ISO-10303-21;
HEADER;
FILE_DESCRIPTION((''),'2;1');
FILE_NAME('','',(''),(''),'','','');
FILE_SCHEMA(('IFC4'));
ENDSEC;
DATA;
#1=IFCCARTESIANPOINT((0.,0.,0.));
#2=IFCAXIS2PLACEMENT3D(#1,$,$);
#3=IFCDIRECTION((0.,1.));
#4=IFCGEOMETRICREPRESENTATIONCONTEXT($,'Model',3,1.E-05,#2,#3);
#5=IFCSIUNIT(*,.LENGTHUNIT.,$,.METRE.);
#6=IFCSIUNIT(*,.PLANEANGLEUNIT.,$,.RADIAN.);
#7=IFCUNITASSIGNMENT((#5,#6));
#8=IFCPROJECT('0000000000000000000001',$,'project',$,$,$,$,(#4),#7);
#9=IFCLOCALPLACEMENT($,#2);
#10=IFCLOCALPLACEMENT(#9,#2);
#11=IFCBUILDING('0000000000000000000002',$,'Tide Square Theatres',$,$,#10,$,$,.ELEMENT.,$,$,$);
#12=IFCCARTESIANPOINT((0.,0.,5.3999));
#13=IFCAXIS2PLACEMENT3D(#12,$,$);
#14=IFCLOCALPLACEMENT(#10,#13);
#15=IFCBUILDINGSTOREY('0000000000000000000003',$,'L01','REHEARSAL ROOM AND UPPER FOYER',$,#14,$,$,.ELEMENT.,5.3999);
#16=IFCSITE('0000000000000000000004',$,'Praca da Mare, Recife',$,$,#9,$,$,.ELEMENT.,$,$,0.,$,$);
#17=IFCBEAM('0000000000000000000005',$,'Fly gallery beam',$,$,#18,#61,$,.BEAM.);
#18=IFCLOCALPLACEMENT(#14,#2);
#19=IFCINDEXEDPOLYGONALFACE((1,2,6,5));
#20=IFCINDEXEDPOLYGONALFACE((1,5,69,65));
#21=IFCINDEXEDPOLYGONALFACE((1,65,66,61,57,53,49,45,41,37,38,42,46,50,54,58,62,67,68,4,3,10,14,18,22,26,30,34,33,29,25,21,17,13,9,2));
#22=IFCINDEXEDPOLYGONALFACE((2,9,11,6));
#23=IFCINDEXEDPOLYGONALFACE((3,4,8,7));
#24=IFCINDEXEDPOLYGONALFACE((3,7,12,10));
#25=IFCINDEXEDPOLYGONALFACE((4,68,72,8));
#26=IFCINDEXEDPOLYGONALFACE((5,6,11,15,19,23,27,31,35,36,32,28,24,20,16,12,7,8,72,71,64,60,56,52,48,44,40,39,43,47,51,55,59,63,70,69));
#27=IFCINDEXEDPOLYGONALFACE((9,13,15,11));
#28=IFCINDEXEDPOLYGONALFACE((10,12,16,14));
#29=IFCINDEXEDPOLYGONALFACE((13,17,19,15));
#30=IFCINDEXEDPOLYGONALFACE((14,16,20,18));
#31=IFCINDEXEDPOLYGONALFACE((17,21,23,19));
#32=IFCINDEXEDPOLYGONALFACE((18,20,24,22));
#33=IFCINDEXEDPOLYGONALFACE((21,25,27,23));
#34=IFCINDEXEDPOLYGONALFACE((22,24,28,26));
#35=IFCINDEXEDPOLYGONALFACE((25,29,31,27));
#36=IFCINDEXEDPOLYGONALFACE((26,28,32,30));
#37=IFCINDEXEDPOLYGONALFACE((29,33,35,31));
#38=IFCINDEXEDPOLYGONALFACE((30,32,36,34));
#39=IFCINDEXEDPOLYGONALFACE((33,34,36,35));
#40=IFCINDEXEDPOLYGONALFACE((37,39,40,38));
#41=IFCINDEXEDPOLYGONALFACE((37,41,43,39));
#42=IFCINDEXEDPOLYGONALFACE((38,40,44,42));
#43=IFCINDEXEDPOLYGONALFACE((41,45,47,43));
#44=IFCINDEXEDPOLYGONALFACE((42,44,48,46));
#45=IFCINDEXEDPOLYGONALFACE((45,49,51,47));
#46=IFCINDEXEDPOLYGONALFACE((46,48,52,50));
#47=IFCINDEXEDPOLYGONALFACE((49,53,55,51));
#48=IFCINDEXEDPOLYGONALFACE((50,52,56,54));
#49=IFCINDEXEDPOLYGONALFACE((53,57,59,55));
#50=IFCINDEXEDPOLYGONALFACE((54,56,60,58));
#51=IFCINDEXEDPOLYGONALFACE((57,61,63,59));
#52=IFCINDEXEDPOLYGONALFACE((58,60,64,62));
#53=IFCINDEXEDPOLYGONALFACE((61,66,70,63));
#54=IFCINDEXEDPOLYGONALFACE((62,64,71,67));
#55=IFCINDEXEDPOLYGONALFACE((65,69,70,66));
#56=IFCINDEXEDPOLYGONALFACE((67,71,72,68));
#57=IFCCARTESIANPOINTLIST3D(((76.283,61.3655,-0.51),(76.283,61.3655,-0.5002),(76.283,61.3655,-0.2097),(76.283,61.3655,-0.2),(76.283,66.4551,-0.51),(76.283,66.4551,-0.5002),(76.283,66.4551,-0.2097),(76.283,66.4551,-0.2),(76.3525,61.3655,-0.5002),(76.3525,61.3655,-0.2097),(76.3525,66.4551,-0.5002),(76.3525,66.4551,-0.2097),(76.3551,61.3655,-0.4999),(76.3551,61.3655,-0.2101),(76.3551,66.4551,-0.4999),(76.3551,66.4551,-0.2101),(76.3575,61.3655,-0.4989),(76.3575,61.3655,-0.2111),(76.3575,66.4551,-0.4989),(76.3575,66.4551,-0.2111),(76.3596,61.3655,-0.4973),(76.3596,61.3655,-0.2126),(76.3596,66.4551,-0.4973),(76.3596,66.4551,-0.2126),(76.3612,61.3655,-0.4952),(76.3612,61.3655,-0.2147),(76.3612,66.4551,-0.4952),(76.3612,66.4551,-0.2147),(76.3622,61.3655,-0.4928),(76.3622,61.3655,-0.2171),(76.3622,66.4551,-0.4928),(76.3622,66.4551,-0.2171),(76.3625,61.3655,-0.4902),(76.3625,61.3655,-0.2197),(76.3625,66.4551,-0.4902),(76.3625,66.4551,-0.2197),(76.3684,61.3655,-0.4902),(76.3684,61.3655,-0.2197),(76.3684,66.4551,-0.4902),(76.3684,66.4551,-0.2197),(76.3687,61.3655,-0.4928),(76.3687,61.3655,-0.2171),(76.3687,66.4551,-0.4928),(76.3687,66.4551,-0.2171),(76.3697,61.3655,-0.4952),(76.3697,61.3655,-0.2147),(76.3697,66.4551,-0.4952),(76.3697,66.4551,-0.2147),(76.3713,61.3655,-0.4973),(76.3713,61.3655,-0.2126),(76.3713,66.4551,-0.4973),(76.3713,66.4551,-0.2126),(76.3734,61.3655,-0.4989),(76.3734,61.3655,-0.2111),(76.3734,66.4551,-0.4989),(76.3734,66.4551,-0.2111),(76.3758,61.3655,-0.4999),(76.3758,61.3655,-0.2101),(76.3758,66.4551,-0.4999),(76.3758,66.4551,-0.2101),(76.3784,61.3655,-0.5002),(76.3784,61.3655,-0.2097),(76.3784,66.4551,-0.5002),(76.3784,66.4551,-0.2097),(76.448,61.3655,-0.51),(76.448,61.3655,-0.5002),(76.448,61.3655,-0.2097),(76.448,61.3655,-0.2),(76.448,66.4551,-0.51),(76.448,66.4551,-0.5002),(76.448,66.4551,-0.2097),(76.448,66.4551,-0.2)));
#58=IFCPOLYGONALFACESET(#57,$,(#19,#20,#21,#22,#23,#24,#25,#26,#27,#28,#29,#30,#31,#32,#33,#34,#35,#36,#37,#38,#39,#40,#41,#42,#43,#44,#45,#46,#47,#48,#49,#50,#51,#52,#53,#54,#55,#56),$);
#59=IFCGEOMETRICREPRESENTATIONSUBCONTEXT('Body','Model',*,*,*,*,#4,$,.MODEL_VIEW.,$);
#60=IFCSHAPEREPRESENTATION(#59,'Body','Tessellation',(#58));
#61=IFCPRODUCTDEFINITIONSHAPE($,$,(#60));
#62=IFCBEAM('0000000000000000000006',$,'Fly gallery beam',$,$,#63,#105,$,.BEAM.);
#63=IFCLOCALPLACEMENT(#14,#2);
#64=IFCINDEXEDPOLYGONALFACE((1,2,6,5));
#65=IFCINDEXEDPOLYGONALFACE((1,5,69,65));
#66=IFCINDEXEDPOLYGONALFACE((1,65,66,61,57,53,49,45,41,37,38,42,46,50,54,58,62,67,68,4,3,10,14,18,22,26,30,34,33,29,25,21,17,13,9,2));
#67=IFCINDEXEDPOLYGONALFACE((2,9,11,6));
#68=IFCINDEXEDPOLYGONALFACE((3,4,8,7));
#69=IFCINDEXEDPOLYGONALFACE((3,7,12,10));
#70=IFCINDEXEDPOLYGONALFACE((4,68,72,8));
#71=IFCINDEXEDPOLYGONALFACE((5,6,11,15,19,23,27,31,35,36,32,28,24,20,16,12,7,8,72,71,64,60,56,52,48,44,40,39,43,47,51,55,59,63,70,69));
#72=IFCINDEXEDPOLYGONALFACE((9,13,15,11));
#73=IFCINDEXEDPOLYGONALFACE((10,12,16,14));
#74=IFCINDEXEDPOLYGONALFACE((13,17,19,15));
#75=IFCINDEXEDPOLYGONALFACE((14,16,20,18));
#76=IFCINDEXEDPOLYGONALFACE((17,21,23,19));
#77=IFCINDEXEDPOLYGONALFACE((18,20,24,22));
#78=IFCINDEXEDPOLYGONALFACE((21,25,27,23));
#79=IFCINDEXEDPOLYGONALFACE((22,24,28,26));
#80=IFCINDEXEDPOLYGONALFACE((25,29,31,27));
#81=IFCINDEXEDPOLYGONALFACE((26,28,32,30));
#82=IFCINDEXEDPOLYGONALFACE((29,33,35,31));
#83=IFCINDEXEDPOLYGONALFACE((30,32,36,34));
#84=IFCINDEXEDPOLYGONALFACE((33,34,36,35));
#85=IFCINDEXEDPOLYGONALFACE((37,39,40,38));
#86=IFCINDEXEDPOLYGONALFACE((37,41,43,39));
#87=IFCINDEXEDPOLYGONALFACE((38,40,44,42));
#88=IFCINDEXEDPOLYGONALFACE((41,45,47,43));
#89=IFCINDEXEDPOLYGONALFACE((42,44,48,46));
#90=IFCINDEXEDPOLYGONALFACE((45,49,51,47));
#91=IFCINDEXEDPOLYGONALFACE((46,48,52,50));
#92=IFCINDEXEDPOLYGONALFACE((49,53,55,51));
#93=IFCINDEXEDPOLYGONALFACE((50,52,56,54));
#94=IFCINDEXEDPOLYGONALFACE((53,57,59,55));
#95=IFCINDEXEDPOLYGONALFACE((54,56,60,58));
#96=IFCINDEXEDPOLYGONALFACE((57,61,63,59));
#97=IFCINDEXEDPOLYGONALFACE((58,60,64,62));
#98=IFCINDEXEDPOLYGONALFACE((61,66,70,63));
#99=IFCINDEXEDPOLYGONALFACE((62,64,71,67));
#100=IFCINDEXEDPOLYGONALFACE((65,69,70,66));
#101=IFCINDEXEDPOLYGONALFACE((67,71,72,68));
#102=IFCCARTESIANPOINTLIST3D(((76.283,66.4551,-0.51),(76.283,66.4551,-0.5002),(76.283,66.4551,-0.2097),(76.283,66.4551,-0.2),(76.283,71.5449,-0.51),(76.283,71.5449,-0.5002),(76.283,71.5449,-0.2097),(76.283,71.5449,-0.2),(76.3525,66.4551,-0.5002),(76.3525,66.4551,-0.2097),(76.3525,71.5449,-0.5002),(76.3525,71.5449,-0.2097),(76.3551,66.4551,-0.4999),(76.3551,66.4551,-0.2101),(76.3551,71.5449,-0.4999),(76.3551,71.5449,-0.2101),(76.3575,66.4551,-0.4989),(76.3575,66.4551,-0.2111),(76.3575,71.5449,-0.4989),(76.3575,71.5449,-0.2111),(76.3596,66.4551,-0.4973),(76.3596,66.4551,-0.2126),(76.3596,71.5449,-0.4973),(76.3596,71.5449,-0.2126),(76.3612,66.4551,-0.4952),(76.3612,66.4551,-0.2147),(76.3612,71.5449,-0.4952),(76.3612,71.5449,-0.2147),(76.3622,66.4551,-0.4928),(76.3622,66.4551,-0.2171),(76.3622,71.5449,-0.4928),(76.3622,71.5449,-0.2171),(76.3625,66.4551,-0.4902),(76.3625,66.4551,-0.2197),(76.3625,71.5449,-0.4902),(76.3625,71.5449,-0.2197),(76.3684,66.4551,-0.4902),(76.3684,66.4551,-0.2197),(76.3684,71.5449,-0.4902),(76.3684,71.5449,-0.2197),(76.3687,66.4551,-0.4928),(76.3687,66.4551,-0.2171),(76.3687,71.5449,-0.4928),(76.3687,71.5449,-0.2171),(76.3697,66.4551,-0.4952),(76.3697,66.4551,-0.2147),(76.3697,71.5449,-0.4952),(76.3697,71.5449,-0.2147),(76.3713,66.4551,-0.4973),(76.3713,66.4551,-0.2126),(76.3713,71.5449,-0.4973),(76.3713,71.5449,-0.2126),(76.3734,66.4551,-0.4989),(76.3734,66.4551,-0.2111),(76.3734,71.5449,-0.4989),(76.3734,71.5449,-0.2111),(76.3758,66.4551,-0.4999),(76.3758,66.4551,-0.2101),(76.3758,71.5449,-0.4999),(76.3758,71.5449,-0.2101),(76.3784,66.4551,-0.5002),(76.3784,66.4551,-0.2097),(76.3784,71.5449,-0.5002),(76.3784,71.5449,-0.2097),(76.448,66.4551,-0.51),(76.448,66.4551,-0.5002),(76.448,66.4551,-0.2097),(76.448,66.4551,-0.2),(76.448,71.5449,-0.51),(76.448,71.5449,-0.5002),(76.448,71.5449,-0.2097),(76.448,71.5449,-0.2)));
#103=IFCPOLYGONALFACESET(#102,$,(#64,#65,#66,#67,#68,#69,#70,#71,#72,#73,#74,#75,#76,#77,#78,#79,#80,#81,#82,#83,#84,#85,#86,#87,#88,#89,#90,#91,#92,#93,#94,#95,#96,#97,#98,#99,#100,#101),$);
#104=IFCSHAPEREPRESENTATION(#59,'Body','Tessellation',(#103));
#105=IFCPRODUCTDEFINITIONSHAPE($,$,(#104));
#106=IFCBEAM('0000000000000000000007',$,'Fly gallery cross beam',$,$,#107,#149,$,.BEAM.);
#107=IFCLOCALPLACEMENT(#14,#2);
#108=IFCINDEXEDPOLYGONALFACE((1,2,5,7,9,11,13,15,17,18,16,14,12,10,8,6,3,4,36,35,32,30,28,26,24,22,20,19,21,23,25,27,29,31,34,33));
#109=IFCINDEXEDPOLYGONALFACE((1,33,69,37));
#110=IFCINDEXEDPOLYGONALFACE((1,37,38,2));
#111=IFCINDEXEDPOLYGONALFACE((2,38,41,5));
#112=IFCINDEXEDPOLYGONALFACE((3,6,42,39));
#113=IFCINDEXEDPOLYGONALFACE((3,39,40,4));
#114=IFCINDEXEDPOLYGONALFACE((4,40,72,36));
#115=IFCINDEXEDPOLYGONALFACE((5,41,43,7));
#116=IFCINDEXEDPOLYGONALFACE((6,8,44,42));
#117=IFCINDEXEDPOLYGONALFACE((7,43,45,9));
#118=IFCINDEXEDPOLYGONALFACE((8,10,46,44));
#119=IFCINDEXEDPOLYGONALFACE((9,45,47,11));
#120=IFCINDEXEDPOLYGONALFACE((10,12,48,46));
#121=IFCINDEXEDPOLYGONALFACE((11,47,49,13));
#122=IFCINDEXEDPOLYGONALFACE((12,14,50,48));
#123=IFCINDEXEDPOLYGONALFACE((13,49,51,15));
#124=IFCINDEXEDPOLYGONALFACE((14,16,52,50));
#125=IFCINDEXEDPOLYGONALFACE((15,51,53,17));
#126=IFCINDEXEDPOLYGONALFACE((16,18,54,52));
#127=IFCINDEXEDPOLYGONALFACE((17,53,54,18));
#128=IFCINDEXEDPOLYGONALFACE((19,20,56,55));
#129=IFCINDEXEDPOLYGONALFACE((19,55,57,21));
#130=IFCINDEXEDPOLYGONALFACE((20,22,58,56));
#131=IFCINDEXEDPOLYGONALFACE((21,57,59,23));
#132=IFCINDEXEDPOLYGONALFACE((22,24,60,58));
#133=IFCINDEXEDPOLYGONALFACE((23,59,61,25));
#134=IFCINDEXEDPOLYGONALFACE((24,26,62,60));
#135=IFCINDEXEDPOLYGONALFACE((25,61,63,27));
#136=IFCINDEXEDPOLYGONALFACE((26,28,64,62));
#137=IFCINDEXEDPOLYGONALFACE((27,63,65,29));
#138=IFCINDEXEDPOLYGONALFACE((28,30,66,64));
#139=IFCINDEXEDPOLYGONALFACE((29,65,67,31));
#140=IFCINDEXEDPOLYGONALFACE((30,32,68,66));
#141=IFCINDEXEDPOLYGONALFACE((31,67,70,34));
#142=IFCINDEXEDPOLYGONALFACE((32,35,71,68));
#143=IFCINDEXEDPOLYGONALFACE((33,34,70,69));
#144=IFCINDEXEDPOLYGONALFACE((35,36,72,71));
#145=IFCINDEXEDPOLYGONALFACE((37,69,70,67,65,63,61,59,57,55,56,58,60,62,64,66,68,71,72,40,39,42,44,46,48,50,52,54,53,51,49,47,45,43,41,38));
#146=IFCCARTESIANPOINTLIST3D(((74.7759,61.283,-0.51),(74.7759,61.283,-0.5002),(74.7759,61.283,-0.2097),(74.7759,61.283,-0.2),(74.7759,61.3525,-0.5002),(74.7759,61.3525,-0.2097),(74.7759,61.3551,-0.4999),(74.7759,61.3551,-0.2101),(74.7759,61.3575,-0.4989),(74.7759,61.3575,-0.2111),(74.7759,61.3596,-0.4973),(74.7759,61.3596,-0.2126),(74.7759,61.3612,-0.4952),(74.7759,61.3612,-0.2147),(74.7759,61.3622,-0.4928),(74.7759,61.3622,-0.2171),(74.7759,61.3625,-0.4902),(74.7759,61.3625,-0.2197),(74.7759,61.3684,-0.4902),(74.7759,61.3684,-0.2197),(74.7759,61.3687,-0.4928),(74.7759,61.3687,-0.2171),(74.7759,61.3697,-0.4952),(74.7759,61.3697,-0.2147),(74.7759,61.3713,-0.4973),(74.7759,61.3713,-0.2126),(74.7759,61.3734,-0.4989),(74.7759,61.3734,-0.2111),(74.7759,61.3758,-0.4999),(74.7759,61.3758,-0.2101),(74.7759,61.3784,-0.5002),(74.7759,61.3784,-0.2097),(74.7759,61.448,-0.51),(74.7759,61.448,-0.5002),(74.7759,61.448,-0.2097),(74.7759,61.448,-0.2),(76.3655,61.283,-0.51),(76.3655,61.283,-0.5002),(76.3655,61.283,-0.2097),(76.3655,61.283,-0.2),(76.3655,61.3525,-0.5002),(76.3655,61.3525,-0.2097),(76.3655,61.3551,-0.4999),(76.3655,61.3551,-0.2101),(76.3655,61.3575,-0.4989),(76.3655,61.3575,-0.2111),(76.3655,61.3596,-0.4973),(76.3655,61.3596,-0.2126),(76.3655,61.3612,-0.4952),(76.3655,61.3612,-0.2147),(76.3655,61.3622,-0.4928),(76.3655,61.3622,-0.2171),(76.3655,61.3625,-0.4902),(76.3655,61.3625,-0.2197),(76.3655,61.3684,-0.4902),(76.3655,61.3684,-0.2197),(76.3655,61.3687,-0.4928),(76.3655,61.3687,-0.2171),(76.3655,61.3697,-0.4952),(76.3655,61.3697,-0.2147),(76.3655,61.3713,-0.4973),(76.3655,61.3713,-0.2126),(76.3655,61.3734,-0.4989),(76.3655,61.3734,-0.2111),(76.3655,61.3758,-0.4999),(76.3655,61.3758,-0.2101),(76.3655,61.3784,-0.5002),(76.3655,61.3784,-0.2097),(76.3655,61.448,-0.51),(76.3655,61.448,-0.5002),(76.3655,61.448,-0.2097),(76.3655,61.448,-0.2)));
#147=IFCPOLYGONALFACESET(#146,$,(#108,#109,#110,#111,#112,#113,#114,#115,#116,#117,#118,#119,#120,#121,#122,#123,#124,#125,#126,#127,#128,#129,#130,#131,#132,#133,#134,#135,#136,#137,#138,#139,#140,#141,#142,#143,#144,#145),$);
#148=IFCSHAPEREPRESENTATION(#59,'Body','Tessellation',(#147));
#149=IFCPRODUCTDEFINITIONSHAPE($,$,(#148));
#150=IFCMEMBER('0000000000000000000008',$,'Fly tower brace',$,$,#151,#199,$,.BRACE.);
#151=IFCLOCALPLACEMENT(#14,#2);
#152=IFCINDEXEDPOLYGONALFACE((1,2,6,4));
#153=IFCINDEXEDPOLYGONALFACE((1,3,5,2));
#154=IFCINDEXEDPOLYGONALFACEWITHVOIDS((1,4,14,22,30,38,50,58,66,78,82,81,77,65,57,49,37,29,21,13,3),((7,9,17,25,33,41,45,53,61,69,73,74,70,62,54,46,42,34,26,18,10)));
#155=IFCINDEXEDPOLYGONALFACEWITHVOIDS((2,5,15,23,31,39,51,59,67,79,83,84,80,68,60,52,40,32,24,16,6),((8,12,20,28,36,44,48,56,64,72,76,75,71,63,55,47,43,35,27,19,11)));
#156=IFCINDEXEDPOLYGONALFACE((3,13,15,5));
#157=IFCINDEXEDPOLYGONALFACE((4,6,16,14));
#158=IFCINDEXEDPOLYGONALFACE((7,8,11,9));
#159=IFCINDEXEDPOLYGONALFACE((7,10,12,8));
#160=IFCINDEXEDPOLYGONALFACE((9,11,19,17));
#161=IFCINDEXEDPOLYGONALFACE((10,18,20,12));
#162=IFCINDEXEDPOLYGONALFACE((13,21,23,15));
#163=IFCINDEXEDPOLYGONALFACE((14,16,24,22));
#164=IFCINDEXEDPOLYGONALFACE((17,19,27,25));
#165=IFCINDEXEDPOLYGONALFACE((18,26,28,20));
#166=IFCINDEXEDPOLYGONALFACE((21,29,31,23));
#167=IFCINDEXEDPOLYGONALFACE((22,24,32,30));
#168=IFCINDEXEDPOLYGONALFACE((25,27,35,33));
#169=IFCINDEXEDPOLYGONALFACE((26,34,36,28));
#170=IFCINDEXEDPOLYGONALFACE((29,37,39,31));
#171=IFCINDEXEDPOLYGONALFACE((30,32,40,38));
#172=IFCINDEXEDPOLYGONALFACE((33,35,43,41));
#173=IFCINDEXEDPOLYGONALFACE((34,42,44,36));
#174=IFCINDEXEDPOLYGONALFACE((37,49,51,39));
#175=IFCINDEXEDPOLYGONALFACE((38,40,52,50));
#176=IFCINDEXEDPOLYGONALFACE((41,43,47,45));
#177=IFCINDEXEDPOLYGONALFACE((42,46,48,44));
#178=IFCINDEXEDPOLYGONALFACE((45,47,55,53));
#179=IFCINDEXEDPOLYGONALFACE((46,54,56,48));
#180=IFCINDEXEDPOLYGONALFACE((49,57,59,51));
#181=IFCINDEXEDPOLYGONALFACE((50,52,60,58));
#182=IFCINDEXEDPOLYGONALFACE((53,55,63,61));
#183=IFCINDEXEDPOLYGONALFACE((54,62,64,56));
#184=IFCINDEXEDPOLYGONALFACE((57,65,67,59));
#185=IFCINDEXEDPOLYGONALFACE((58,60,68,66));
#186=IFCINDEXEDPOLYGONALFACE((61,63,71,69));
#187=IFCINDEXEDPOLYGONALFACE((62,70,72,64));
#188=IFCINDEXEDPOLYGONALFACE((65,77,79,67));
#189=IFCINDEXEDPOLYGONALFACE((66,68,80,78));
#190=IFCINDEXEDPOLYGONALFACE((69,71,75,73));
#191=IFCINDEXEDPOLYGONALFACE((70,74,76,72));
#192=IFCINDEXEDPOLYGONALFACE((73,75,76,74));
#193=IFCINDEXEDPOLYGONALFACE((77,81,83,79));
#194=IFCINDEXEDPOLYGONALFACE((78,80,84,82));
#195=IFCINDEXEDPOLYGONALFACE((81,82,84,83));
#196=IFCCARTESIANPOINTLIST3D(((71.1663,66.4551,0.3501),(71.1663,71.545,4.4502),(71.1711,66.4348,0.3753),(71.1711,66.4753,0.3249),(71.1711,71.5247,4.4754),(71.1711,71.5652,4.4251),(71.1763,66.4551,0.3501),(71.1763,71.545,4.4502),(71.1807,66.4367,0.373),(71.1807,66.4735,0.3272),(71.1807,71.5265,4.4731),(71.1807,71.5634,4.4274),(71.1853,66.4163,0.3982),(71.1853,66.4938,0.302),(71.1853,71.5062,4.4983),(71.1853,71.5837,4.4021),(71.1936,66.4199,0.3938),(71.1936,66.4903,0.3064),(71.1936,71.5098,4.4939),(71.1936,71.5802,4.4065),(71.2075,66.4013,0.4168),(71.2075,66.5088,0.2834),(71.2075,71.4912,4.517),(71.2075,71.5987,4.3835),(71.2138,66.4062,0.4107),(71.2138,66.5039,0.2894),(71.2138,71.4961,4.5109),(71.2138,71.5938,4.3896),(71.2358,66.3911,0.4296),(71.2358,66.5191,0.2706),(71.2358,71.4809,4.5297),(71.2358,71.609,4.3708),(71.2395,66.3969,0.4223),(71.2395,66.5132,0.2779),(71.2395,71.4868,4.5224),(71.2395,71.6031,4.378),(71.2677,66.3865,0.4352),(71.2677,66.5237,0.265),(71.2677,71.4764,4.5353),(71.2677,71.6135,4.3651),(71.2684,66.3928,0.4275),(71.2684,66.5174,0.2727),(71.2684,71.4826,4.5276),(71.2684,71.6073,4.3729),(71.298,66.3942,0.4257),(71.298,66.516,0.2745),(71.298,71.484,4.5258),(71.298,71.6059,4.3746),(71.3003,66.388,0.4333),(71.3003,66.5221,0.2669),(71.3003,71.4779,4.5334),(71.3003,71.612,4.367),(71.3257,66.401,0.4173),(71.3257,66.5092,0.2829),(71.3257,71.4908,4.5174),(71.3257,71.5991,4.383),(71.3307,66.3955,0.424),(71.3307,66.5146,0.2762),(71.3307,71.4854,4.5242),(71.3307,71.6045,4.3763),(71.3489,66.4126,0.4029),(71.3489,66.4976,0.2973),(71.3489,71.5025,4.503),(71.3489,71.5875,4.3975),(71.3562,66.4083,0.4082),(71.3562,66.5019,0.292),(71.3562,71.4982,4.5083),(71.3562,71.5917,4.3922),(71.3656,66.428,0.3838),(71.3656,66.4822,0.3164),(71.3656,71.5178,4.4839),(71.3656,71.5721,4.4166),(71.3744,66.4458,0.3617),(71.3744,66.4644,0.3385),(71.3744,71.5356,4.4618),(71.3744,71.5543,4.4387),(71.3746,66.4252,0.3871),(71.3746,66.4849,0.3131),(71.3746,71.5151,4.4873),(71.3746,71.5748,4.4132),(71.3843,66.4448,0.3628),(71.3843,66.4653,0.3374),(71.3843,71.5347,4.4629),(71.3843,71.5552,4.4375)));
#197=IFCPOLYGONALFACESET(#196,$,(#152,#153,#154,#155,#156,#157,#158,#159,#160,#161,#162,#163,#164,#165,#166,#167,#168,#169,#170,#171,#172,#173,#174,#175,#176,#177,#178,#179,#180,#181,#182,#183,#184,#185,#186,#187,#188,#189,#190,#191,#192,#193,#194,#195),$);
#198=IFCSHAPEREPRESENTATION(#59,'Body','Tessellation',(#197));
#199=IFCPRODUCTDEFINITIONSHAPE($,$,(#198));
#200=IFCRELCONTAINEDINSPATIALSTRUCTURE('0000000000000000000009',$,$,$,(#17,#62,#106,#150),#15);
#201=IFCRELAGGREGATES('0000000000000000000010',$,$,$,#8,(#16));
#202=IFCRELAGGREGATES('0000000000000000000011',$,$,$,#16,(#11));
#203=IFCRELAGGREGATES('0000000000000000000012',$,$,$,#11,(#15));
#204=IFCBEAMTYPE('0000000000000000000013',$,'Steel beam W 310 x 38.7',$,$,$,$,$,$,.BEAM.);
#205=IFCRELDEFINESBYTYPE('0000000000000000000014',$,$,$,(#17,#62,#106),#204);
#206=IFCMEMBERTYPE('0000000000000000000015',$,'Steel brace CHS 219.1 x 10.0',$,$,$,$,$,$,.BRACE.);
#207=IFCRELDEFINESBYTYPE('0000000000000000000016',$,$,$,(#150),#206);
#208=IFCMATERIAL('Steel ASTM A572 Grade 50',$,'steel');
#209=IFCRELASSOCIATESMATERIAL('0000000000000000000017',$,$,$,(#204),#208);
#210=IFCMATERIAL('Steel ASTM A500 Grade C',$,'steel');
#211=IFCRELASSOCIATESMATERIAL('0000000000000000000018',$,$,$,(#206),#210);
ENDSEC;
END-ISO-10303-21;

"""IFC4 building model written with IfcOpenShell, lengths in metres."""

from ifc_helpers import new_model, si_unit, direction, frame, origin, origin_2d, place, context, subcontext, project, spatial, hollow_circle, i_section, extrude, material, material_profile, profile_set, type_object, element, save


model = new_model("IFC4")

# Units and contexts
model_context = context("Model", 3, precision=1e-05, world=origin(), true_north=direction((0.0, 1.0)))
body_context = subcontext(model_context, "Body", "Model", "MODEL_VIEW")
ifc_project = project(units=[si_unit("LENGTHUNIT", "METRE"), si_unit("PLANEANGLEUNIT", "RADIAN")], contexts=[model_context])

# Site, building, storey
site_placement = place(None, origin())
site = spatial("IfcSite", under=ifc_project, at=site_placement, Name="Praca da Mare, Recife", CompositionType="ELEMENT", RefElevation=0.0)
building_placement = place(site_placement, origin())
building = spatial("IfcBuilding", under=site, at=building_placement, Name="Tide Square Theatres", CompositionType="ELEMENT")
storey_placement = place(building_placement, frame((0.0, 0.0, 5.3999)))
storey = spatial("IfcBuildingStorey", under=building, at=storey_placement, Name="L01", Description="REHEARSAL ROOM AND UPPER FOYER", CompositionType="ELEMENT", Elevation=5.3999)

# Beams
ifc_material_1 = material(Name="Steel ASTM A572 Grade 50", Category="steel")
ifc_material_profile_1 = material_profile(ifc_material_1, i_section(OverallWidth=0.165, OverallDepth=0.3101, WebThickness=0.0059, FlangeThickness=0.0098, FilletRadius=0.01, at=origin_2d()))
ifc_profile_set_1 = profile_set([ifc_material_profile_1], Name="Steel ASTM A572 Grade 50")
beam_type = type_object("IfcBeamType", Name="Steel beam W 310 x 38.7", PredefinedType="BEAM", material=ifc_profile_set_1)
beam_1_placement = place(storey_placement, frame((76.3655, 61.3655, -0.355), z_axis=(0.0, 1.0, 0.0), x_axis=(-1.0, 0.0, 0.0)))
element("IfcBeam", 1, at=beam_1_placement, inside=storey, type_object=beam_type, Name="Fly gallery beam", PredefinedType="BEAM", context=body_context, shape_type="SweptSolid", body=[
    extrude(i_section(OverallWidth=0.165, OverallDepth=0.3101, WebThickness=0.0059, FlangeThickness=0.0098, FilletRadius=0.01, at=origin_2d()), origin(), (0.0, 0.0, 1.0), 5.0896),
])
beam_2_placement = place(storey_placement, frame((76.3655, 66.4551, -0.355), z_axis=(0.0, 1.0, 0.0), x_axis=(-1.0, 0.0, 0.0)))
element("IfcBeam", 2, at=beam_2_placement, inside=storey, type_object=beam_type, Name="Fly gallery beam", PredefinedType="BEAM", context=body_context, shape_type="SweptSolid", body=[
    extrude(i_section(OverallWidth=0.165, OverallDepth=0.3101, WebThickness=0.0059, FlangeThickness=0.0098, FilletRadius=0.01, at=origin_2d()), origin(), (0.0, 0.0, 1.0), 5.0898),
])
beam_3_placement = place(storey_placement, frame((74.7759, 61.3655, -0.355), z_axis=(1.0, 0.0, 0.0), x_axis=(0.0, 1.0, 0.0)))
element("IfcBeam", 3, at=beam_3_placement, inside=storey, type_object=beam_type, Name="Fly gallery cross beam", PredefinedType="BEAM", context=body_context, shape_type="SweptSolid", body=[
    extrude(i_section(OverallWidth=0.165, OverallDepth=0.3101, WebThickness=0.0059, FlangeThickness=0.0098, FilletRadius=0.01, at=origin_2d()), origin(), (0.0, 0.0, 1.0), 1.5896),
])

# Member
ifc_material_2 = material(Name="Steel ASTM A500 Grade C", Category="steel")
ifc_material_profile_2 = material_profile(ifc_material_2, hollow_circle(Radius=0.1096, WallThickness=0.01, at=origin_2d()))
ifc_profile_set_2 = profile_set([ifc_material_profile_2], Name="Steel ASTM A500 Grade C")
member_type = type_object("IfcMemberType", Name="Steel brace CHS 219.1 x 10.0", PredefinedType="BRACE", material=ifc_profile_set_2)
member_placement = place(storey_placement, frame((71.2759, 66.4551, 0.3501), z_axis=(0.0, 0.778758, 0.627325), x_axis=(-1.0, 0.0, 0.0)))
element("IfcMember", 4, at=member_placement, inside=storey, type_object=member_type, Name="Fly tower brace", PredefinedType="BRACE", context=body_context, shape_type="SweptSolid", body=[
    extrude(hollow_circle(Radius=0.1096, WallThickness=0.01, at=origin_2d()), origin(), (0.0, 0.0, 1.0), 6.5359),
])

save(model, "model.ifc")
